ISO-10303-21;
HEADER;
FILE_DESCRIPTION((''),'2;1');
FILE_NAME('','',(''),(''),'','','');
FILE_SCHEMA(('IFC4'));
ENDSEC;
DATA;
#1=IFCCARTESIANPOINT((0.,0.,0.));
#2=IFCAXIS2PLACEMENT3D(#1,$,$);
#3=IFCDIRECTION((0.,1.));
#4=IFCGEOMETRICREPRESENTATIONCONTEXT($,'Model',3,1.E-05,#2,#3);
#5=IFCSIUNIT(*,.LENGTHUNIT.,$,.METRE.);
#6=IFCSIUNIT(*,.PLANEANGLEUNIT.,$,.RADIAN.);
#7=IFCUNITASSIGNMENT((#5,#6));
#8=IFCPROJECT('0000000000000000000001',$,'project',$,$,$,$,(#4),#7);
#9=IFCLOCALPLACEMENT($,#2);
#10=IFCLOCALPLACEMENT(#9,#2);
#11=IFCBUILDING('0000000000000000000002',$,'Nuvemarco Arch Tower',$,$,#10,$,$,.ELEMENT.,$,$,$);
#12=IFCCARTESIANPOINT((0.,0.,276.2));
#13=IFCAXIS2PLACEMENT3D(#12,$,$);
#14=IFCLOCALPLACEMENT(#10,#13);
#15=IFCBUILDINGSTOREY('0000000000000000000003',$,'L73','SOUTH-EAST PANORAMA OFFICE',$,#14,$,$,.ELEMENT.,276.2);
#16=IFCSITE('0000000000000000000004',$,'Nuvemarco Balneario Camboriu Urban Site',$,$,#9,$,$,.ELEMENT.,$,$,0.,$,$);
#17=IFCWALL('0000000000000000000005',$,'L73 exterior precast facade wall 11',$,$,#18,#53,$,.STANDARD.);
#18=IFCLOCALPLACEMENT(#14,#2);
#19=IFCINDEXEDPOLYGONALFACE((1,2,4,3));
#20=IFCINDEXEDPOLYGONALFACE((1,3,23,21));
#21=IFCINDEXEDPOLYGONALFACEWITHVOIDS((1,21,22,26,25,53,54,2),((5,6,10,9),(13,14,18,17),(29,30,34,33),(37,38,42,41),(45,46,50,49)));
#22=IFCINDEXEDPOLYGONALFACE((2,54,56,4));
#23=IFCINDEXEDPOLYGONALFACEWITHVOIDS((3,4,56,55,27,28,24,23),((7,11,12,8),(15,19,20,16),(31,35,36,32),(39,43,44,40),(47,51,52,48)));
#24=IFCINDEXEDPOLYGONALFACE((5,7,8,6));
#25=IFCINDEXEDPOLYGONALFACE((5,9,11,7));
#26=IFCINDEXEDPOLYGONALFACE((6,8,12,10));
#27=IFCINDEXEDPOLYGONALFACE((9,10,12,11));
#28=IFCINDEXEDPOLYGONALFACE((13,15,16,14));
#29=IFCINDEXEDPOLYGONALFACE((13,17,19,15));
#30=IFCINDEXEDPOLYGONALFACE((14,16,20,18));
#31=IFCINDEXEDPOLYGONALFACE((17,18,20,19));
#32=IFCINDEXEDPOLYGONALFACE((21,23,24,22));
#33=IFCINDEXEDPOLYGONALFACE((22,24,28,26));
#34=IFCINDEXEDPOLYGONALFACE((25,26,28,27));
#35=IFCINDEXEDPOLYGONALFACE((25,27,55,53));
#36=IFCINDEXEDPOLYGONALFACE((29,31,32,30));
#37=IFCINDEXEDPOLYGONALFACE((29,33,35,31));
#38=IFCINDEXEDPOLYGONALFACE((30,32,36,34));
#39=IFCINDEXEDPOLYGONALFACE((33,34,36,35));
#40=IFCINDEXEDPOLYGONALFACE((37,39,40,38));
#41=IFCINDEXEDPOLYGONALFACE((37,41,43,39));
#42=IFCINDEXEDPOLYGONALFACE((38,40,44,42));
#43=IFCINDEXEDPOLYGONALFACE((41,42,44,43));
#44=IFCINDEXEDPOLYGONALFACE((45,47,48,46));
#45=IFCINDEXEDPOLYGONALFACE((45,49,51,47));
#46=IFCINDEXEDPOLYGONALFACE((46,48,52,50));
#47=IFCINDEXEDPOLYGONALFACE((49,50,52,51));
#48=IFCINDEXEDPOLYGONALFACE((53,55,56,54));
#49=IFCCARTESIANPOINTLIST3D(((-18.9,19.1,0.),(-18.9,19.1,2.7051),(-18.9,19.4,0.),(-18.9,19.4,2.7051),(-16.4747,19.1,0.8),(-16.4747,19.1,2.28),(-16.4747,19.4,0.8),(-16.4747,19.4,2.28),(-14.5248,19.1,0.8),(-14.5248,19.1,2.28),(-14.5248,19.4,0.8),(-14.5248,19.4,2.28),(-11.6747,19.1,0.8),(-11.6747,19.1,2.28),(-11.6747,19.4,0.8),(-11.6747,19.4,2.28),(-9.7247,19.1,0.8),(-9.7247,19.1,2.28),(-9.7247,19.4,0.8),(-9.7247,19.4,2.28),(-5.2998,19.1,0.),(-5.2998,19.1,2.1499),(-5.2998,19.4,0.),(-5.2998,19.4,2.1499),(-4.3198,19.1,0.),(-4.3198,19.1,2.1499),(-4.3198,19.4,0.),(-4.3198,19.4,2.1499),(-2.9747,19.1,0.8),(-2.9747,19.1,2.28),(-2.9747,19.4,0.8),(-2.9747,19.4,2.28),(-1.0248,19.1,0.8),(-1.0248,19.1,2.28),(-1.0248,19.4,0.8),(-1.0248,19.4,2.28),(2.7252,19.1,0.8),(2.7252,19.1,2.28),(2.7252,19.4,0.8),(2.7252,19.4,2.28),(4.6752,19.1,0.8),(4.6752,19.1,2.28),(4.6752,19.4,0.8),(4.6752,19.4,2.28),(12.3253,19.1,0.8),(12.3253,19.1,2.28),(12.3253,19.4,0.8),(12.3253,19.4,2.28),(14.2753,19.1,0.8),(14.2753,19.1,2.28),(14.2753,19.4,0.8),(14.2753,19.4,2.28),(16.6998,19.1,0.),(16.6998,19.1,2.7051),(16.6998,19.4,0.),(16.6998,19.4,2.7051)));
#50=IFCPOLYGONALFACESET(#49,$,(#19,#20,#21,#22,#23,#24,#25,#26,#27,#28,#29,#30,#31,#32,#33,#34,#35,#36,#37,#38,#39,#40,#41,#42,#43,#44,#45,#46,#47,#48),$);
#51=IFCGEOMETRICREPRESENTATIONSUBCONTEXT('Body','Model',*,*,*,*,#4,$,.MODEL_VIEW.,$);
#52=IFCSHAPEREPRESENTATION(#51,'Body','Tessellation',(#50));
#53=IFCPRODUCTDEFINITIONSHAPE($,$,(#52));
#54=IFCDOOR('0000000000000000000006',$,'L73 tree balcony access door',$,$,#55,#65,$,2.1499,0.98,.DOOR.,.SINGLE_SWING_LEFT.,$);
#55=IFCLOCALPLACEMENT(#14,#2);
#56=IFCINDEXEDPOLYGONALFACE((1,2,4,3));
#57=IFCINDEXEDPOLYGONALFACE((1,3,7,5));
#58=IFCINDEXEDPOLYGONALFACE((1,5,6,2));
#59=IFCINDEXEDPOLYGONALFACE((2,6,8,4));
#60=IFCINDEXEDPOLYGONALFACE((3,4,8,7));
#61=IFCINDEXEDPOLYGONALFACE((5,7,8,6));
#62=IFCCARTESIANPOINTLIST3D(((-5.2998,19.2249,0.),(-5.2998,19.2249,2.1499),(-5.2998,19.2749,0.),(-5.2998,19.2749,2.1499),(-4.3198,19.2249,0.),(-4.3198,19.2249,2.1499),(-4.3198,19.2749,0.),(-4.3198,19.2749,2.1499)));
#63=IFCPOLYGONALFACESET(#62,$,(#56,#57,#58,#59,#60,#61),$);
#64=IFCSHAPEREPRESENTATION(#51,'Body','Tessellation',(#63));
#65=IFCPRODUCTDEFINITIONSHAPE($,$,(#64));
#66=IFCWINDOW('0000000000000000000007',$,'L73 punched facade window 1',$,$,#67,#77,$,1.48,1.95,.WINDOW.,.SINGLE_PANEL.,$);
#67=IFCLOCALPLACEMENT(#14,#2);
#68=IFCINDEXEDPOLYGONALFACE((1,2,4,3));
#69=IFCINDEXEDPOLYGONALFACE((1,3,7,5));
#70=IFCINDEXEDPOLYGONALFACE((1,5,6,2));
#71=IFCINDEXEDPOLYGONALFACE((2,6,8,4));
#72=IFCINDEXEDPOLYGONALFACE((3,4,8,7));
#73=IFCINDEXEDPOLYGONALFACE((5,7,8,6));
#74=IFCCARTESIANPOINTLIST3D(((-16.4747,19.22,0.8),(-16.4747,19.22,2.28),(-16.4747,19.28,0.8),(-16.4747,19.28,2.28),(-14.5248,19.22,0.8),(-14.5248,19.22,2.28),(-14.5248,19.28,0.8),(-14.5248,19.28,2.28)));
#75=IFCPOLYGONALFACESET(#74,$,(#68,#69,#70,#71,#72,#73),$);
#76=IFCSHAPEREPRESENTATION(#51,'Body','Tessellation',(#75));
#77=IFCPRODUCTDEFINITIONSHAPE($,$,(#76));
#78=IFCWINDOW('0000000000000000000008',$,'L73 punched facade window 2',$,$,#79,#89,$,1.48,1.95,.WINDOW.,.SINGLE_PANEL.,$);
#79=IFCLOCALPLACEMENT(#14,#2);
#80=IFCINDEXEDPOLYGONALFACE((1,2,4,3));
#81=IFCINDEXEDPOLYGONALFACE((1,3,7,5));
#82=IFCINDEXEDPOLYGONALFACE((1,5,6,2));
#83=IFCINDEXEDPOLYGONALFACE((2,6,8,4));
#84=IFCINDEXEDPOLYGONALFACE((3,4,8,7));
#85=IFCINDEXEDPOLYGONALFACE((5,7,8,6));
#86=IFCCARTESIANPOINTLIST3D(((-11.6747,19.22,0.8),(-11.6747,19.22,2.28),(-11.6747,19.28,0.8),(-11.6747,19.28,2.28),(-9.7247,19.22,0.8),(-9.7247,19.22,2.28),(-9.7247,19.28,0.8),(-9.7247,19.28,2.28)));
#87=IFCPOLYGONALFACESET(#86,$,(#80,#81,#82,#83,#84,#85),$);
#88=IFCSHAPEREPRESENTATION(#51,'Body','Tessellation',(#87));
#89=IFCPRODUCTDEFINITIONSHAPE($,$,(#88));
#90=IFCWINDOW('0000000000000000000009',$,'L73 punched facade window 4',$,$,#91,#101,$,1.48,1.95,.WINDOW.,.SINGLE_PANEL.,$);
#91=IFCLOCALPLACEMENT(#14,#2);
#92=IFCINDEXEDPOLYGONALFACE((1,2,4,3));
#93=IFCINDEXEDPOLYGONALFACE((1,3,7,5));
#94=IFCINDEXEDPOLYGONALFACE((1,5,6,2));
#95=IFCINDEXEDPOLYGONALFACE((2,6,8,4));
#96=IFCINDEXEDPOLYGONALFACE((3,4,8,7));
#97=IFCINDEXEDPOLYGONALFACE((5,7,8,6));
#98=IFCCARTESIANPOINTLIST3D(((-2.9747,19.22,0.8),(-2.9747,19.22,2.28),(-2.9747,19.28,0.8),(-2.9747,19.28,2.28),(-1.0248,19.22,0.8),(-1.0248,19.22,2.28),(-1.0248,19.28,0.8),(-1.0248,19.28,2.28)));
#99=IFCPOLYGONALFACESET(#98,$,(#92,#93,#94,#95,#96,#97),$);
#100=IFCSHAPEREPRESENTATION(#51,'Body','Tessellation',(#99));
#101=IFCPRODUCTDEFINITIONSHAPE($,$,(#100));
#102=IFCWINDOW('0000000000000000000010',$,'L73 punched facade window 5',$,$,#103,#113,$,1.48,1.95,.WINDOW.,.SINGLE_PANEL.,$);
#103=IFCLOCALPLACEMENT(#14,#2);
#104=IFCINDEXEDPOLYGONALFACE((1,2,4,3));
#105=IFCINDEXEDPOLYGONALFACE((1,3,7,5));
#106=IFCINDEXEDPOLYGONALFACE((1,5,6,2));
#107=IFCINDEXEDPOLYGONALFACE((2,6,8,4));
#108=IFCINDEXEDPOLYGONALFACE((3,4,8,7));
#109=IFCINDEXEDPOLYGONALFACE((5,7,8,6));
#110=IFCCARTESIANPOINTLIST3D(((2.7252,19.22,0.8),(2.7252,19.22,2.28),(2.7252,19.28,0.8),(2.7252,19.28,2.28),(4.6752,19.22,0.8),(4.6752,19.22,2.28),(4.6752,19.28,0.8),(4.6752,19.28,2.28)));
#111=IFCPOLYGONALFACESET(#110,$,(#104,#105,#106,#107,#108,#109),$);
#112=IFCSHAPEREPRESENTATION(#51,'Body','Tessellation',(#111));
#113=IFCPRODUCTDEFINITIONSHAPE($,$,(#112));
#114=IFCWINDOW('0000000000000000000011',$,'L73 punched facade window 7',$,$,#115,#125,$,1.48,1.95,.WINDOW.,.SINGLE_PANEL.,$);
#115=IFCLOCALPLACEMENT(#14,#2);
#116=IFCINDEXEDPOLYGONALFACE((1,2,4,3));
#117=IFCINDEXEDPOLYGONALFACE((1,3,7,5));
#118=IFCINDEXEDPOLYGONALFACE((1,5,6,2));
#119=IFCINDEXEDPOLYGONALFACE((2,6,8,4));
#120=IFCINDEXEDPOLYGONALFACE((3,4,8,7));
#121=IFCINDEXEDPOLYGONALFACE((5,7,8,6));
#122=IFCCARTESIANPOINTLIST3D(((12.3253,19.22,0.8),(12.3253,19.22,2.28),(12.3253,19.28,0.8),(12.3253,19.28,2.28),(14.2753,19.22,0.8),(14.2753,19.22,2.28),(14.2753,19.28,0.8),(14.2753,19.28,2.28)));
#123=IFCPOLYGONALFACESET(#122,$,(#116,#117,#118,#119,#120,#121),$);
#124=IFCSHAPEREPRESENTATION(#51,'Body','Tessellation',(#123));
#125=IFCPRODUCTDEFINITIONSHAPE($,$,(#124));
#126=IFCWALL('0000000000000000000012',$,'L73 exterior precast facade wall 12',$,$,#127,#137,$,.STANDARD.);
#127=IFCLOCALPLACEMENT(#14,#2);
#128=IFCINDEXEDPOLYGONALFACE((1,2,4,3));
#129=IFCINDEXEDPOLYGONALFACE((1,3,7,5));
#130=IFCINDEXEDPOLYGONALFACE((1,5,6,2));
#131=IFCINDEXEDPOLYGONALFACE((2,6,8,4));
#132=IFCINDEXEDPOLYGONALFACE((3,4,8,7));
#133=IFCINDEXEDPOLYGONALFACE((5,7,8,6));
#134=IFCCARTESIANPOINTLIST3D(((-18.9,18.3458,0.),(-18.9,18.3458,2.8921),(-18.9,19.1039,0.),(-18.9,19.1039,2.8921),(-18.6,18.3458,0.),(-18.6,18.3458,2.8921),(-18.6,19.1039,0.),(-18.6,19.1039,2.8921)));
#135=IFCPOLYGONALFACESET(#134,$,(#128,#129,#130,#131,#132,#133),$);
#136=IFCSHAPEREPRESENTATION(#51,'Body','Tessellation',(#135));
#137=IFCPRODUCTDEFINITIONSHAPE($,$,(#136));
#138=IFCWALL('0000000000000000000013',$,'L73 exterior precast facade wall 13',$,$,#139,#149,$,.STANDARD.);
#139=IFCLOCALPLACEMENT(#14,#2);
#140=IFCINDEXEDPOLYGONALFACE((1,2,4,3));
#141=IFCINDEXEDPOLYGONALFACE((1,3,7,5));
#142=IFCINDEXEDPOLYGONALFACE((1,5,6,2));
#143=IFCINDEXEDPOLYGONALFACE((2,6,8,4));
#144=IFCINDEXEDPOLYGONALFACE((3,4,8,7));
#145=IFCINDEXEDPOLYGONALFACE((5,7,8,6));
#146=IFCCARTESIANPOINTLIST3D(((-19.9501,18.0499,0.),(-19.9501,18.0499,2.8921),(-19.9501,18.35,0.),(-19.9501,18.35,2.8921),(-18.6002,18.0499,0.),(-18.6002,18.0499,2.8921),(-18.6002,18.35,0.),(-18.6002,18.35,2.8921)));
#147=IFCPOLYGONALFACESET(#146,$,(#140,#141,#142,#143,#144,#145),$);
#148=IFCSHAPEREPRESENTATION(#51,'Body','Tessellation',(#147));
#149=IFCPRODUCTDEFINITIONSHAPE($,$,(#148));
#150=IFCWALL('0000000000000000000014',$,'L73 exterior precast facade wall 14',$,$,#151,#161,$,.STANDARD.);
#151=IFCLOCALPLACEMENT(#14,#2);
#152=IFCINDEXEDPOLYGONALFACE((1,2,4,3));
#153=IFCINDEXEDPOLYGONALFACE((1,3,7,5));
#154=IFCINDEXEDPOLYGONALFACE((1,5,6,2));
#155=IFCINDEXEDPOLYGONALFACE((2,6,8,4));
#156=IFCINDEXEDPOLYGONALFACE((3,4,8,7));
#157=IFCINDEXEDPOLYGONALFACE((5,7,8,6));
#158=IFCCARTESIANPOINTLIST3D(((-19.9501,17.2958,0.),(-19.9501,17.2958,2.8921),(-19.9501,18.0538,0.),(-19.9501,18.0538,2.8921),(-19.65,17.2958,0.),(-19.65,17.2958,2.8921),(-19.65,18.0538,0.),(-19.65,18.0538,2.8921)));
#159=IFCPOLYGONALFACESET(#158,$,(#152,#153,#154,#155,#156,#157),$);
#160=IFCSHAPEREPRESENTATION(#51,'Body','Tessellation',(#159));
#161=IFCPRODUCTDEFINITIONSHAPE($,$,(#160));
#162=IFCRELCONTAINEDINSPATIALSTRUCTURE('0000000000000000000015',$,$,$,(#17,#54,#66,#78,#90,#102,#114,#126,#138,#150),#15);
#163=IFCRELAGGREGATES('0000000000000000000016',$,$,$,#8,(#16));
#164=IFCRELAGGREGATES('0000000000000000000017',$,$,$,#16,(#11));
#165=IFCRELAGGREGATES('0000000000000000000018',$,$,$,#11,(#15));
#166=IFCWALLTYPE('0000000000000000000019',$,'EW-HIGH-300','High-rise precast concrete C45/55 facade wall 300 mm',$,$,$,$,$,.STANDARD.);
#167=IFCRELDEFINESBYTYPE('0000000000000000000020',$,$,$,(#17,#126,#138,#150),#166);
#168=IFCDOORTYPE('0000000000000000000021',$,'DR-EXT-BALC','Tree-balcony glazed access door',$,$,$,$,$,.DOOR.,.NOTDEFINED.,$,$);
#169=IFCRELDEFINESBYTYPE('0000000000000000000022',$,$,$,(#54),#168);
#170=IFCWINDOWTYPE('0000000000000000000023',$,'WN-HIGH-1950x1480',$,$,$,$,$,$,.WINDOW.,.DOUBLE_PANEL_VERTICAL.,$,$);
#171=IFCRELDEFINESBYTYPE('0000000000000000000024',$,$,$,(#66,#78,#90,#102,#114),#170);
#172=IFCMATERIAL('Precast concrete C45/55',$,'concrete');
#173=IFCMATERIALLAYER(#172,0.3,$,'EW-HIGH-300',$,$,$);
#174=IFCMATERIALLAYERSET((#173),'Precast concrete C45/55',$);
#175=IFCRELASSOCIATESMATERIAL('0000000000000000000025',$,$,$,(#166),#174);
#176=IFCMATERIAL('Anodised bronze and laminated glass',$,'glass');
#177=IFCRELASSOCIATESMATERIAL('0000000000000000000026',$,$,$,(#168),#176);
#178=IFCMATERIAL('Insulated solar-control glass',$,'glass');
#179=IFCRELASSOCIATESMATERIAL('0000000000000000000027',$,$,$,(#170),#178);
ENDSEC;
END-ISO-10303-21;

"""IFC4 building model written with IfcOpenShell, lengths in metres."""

from ifc_helpers import new_model, si_unit, direction, frame, frame_2d, origin, place, context, subcontext, project, spatial, rectangle, extrude, source, transform, mapped, material, layer, layer_set, type_object, type_shapes, element, fill, save


model = new_model("IFC4")

# Units and contexts
model_context = context("Model", 3, precision=1e-05, world=origin(), true_north=direction((0.0, 1.0)))
body_context = subcontext(model_context, "Body", "Model", "MODEL_VIEW")
ifc_project = project(units=[si_unit("LENGTHUNIT", "METRE"), si_unit("PLANEANGLEUNIT", "RADIAN")], contexts=[model_context])

# Site, building, storey
site_placement = place(None, origin())
site = spatial("IfcSite", under=ifc_project, at=site_placement, Name="Nuvemarco Balneario Camboriu Urban Site", CompositionType="ELEMENT", RefElevation=0.0)
building_placement = place(site_placement, origin())
building = spatial("IfcBuilding", under=site, at=building_placement, Name="Nuvemarco Arch Tower", CompositionType="ELEMENT")
storey_placement = place(building_placement, frame((0.0, 0.0, 276.2)))
storey = spatial("IfcBuildingStorey", under=building, at=storey_placement, Name="L73", Description="SOUTH-EAST PANORAMA OFFICE", CompositionType="ELEMENT", Elevation=276.2)

# Wall, openings, door, windows
ifc_material_1 = material(Name="Precast concrete C45/55", Category="concrete")
ifc_layer_1 = layer(ifc_material_1, 0.3, Name="EW-HIGH-300")
ifc_layer_set_1 = layer_set([ifc_layer_1], Name="Precast concrete C45/55")
wall_type_1 = type_object("IfcWallType", Name="EW-HIGH-300", Description="High-rise precast concrete C45/55 facade wall 300 mm", PredefinedType="STANDARD", material=ifc_layer_set_1)
wall_1_placement = place(storey_placement, frame((-18.8999, 19.25, 0.0), z_axis=(0.0, 0.0, 1.0), x_axis=(1.0, 0.0, 0.0)))
wall_1 = element("IfcWall", 1, at=wall_1_placement, inside=storey, type_object=wall_type_1, Name="L73 exterior precast facade wall 11", PredefinedType="STANDARD", context=body_context, shape_type="SweptSolid", body=[
    extrude(rectangle(XDim=35.5999, YDim=0.3, at=frame_2d((17.7998, 0.0))), origin(), (0.0, 0.0, 1.0), 2.7051),
])
opening_1_placement = place(wall_1_placement, frame((13.6001, 0.0, 0.0)))
opening_1 = element("IfcOpeningElement", 2, at=opening_1_placement, cuts=wall_1, PredefinedType="OPENING", context=body_context, shape_type="SweptSolid", body=[
    extrude(rectangle(XDim=0.98, YDim=2.1499, at=frame_2d((0.49, 1.075))), frame((0.0, 0.1599, 0.0), z_axis=(0.0, -1.0, 0.0), x_axis=(1.0, 0.0, 0.0)), (0.0, 0.0, 1.0), 0.3201),
])
opening_2_placement = place(wall_1_placement, frame((2.425, 0.0, 0.8)))
opening_2 = element("IfcOpeningElement", 3, at=opening_2_placement, cuts=wall_1, PredefinedType="OPENING", context=body_context, shape_type="SweptSolid", body=[
    extrude(rectangle(XDim=1.95, YDim=1.48, at=frame_2d((0.9751, 0.74))), frame((0.0, 0.1599, 0.0), z_axis=(0.0, -1.0, 0.0), x_axis=(1.0, 0.0, 0.0)), (0.0, 0.0, 1.0), 0.3201),
])
opening_3_placement = place(wall_1_placement, frame((7.2251, 0.0, 0.8)))
opening_3 = element("IfcOpeningElement", 4, at=opening_3_placement, cuts=wall_1, PredefinedType="OPENING", context=body_context, shape_type="SweptSolid", body=[
    extrude(rectangle(XDim=1.95, YDim=1.48, at=frame_2d((0.9751, 0.74))), frame((0.0, 0.1599, 0.0), z_axis=(0.0, -1.0, 0.0), x_axis=(1.0, 0.0, 0.0)), (0.0, 0.0, 1.0), 0.3201),
])
opening_4_placement = place(wall_1_placement, frame((15.925, 0.0, 0.8)))
opening_4 = element("IfcOpeningElement", 5, at=opening_4_placement, cuts=wall_1, PredefinedType="OPENING", context=body_context, shape_type="SweptSolid", body=[
    extrude(rectangle(XDim=1.95, YDim=1.48, at=frame_2d((0.9751, 0.74))), frame((0.0, 0.1599, 0.0), z_axis=(0.0, -1.0, 0.0), x_axis=(1.0, 0.0, 0.0)), (0.0, 0.0, 1.0), 0.3201),
])
opening_5_placement = place(wall_1_placement, frame((21.625, 0.0, 0.8)))
opening_5 = element("IfcOpeningElement", 6, at=opening_5_placement, cuts=wall_1, PredefinedType="OPENING", context=body_context, shape_type="SweptSolid", body=[
    extrude(rectangle(XDim=1.95, YDim=1.48, at=frame_2d((0.9751, 0.74))), frame((0.0, 0.1599, 0.0), z_axis=(0.0, -1.0, 0.0), x_axis=(1.0, 0.0, 0.0)), (0.0, 0.0, 1.0), 0.3201),
])
opening_6_placement = place(wall_1_placement, frame((31.2251, 0.0, 0.8)))
opening_6 = element("IfcOpeningElement", 7, at=opening_6_placement, cuts=wall_1, PredefinedType="OPENING", context=body_context, shape_type="SweptSolid", body=[
    extrude(rectangle(XDim=1.95, YDim=1.48, at=frame_2d((0.9751, 0.74))), frame((0.0, 0.1599, 0.0), z_axis=(0.0, -1.0, 0.0), x_axis=(1.0, 0.0, 0.0)), (0.0, 0.0, 1.0), 0.3201),
])
ifc_material_2 = material(Name="Anodised bronze and laminated glass", Category="glass")
door_type_1 = type_object("IfcDoorType", Name="DR-EXT-BALC", Description="Tree-balcony glazed access door", OperationType="NOTDEFINED", PredefinedType="DOOR", material=ifc_material_2)
shared_shape_1 = source(origin(), body_context, "Body", "SweptSolid", [
    extrude(rectangle(XDim=0.98, YDim=2.1499, at=frame_2d((0.49, 1.075))), frame((0.0, 0.0249, 0.0), z_axis=(0.0, -1.0, 0.0), x_axis=(1.0, 0.0, 0.0)), (0.0, 0.0, 1.0), 0.05),
])
type_shapes(door_type_1, [shared_shape_1])
door_1_placement = place(opening_1_placement, origin())
door_1 = element("IfcDoor", 8, at=door_1_placement, inside=storey, type_object=door_type_1, Name="L73 tree balcony access door", OperationType="SINGLE_SWING_LEFT", OverallHeight=2.1499, OverallWidth=0.98, PredefinedType="DOOR", context=body_context, shape_type="MappedRepresentation", body=[
    mapped(shared_shape_1, transform((0.0, 0.0, 0.0), scale=1.0)),
])
fill(opening_1, door_1)
ifc_material_3 = material(Name="Insulated solar-control glass", Category="glass")
window_type = type_object("IfcWindowType", Name="WN-HIGH-1950x1480", PartitioningType="DOUBLE_PANEL_VERTICAL", PredefinedType="WINDOW", material=ifc_material_3)
shared_shape_2 = source(origin(), body_context, "Body", "SweptSolid", [
    extrude(rectangle(XDim=1.95, YDim=1.48, at=frame_2d((0.9751, 0.74))), frame((0.0, 0.03, 0.0), z_axis=(0.0, -1.0, 0.0), x_axis=(1.0, 0.0, 0.0)), (0.0, 0.0, 1.0), 0.0601),
])
type_shapes(window_type, [shared_shape_2])
window_1_placement = place(opening_2_placement, origin())
window_1 = element("IfcWindow", 9, at=window_1_placement, inside=storey, type_object=window_type, Name="L73 punched facade window 1", OverallHeight=1.48, OverallWidth=1.95, PartitioningType="SINGLE_PANEL", PredefinedType="WINDOW", context=body_context, shape_type="MappedRepresentation", body=[
    mapped(shared_shape_2, transform((0.0, 0.0, 0.0), scale=1.0)),
])
fill(opening_2, window_1)
window_2_placement = place(opening_3_placement, origin())
window_2 = element("IfcWindow", 10, at=window_2_placement, inside=storey, type_object=window_type, Name="L73 punched facade window 2", OverallHeight=1.48, OverallWidth=1.95, PartitioningType="SINGLE_PANEL", PredefinedType="WINDOW", context=body_context, shape_type="MappedRepresentation", body=[
    mapped(shared_shape_2, transform((0.0, 0.0, 0.0), scale=1.0)),
])
fill(opening_3, window_2)
window_3_placement = place(opening_4_placement, origin())
window_3 = element("IfcWindow", 11, at=window_3_placement, inside=storey, type_object=window_type, Name="L73 punched facade window 4", OverallHeight=1.48, OverallWidth=1.95, PartitioningType="SINGLE_PANEL", PredefinedType="WINDOW", context=body_context, shape_type="MappedRepresentation", body=[
    mapped(shared_shape_2, transform((0.0, 0.0, 0.0), scale=1.0)),
])
fill(opening_4, window_3)
window_4_placement = place(opening_5_placement, origin())
window_4 = element("IfcWindow", 12, at=window_4_placement, inside=storey, type_object=window_type, Name="L73 punched facade window 5", OverallHeight=1.48, OverallWidth=1.95, PartitioningType="SINGLE_PANEL", PredefinedType="WINDOW", context=body_context, shape_type="MappedRepresentation", body=[
    mapped(shared_shape_2, transform((0.0, 0.0, 0.0), scale=1.0)),
])
fill(opening_5, window_4)
window_5_placement = place(opening_6_placement, origin())
window_5 = element("IfcWindow", 13, at=window_5_placement, inside=storey, type_object=window_type, Name="L73 punched facade window 7", OverallHeight=1.48, OverallWidth=1.95, PartitioningType="SINGLE_PANEL", PredefinedType="WINDOW", context=body_context, shape_type="MappedRepresentation", body=[
    mapped(shared_shape_2, transform((0.0, 0.0, 0.0), scale=1.0)),
])
fill(opening_6, window_5)

# Walls
wall_2_placement = place(storey_placement, frame((-18.75, 18.3459, 0.0), z_axis=(0.0, 0.0, 1.0), x_axis=(0.0, 1.0, 0.0)))
element("IfcWall", 14, at=wall_2_placement, inside=storey, type_object=wall_type_1, Name="L73 exterior precast facade wall 12", PredefinedType="STANDARD", context=body_context, shape_type="SweptSolid", body=[
    extrude(rectangle(XDim=0.7581, YDim=0.3, at=frame_2d((0.3789, 0.0))), origin(), (0.0, 0.0, 1.0), 2.8921),
])
wall_3_placement = place(storey_placement, frame((-19.95, 18.2, 0.0), z_axis=(0.0, 0.0, 1.0), x_axis=(1.0, 0.0, 0.0)))
element("IfcWall", 15, at=wall_3_placement, inside=storey, type_object=wall_type_1, Name="L73 exterior precast facade wall 13", PredefinedType="STANDARD", context=body_context, shape_type="SweptSolid", body=[
    extrude(rectangle(XDim=1.3499, YDim=0.3, at=frame_2d((0.6748, 0.0))), origin(), (0.0, 0.0, 1.0), 2.8921),
])
wall_4_placement = place(storey_placement, frame((-19.8, 17.2959, 0.0), z_axis=(0.0, 0.0, 1.0), x_axis=(0.0, 1.0, 0.0)))
element("IfcWall", 16, at=wall_4_placement, inside=storey, type_object=wall_type_1, Name="L73 exterior precast facade wall 14", PredefinedType="STANDARD", context=body_context, shape_type="SweptSolid", body=[
    extrude(rectangle(XDim=0.7581, YDim=0.3, at=frame_2d((0.3789, 0.0))), origin(), (0.0, 0.0, 1.0), 2.8921),
])

save(model, "model.ifc")
